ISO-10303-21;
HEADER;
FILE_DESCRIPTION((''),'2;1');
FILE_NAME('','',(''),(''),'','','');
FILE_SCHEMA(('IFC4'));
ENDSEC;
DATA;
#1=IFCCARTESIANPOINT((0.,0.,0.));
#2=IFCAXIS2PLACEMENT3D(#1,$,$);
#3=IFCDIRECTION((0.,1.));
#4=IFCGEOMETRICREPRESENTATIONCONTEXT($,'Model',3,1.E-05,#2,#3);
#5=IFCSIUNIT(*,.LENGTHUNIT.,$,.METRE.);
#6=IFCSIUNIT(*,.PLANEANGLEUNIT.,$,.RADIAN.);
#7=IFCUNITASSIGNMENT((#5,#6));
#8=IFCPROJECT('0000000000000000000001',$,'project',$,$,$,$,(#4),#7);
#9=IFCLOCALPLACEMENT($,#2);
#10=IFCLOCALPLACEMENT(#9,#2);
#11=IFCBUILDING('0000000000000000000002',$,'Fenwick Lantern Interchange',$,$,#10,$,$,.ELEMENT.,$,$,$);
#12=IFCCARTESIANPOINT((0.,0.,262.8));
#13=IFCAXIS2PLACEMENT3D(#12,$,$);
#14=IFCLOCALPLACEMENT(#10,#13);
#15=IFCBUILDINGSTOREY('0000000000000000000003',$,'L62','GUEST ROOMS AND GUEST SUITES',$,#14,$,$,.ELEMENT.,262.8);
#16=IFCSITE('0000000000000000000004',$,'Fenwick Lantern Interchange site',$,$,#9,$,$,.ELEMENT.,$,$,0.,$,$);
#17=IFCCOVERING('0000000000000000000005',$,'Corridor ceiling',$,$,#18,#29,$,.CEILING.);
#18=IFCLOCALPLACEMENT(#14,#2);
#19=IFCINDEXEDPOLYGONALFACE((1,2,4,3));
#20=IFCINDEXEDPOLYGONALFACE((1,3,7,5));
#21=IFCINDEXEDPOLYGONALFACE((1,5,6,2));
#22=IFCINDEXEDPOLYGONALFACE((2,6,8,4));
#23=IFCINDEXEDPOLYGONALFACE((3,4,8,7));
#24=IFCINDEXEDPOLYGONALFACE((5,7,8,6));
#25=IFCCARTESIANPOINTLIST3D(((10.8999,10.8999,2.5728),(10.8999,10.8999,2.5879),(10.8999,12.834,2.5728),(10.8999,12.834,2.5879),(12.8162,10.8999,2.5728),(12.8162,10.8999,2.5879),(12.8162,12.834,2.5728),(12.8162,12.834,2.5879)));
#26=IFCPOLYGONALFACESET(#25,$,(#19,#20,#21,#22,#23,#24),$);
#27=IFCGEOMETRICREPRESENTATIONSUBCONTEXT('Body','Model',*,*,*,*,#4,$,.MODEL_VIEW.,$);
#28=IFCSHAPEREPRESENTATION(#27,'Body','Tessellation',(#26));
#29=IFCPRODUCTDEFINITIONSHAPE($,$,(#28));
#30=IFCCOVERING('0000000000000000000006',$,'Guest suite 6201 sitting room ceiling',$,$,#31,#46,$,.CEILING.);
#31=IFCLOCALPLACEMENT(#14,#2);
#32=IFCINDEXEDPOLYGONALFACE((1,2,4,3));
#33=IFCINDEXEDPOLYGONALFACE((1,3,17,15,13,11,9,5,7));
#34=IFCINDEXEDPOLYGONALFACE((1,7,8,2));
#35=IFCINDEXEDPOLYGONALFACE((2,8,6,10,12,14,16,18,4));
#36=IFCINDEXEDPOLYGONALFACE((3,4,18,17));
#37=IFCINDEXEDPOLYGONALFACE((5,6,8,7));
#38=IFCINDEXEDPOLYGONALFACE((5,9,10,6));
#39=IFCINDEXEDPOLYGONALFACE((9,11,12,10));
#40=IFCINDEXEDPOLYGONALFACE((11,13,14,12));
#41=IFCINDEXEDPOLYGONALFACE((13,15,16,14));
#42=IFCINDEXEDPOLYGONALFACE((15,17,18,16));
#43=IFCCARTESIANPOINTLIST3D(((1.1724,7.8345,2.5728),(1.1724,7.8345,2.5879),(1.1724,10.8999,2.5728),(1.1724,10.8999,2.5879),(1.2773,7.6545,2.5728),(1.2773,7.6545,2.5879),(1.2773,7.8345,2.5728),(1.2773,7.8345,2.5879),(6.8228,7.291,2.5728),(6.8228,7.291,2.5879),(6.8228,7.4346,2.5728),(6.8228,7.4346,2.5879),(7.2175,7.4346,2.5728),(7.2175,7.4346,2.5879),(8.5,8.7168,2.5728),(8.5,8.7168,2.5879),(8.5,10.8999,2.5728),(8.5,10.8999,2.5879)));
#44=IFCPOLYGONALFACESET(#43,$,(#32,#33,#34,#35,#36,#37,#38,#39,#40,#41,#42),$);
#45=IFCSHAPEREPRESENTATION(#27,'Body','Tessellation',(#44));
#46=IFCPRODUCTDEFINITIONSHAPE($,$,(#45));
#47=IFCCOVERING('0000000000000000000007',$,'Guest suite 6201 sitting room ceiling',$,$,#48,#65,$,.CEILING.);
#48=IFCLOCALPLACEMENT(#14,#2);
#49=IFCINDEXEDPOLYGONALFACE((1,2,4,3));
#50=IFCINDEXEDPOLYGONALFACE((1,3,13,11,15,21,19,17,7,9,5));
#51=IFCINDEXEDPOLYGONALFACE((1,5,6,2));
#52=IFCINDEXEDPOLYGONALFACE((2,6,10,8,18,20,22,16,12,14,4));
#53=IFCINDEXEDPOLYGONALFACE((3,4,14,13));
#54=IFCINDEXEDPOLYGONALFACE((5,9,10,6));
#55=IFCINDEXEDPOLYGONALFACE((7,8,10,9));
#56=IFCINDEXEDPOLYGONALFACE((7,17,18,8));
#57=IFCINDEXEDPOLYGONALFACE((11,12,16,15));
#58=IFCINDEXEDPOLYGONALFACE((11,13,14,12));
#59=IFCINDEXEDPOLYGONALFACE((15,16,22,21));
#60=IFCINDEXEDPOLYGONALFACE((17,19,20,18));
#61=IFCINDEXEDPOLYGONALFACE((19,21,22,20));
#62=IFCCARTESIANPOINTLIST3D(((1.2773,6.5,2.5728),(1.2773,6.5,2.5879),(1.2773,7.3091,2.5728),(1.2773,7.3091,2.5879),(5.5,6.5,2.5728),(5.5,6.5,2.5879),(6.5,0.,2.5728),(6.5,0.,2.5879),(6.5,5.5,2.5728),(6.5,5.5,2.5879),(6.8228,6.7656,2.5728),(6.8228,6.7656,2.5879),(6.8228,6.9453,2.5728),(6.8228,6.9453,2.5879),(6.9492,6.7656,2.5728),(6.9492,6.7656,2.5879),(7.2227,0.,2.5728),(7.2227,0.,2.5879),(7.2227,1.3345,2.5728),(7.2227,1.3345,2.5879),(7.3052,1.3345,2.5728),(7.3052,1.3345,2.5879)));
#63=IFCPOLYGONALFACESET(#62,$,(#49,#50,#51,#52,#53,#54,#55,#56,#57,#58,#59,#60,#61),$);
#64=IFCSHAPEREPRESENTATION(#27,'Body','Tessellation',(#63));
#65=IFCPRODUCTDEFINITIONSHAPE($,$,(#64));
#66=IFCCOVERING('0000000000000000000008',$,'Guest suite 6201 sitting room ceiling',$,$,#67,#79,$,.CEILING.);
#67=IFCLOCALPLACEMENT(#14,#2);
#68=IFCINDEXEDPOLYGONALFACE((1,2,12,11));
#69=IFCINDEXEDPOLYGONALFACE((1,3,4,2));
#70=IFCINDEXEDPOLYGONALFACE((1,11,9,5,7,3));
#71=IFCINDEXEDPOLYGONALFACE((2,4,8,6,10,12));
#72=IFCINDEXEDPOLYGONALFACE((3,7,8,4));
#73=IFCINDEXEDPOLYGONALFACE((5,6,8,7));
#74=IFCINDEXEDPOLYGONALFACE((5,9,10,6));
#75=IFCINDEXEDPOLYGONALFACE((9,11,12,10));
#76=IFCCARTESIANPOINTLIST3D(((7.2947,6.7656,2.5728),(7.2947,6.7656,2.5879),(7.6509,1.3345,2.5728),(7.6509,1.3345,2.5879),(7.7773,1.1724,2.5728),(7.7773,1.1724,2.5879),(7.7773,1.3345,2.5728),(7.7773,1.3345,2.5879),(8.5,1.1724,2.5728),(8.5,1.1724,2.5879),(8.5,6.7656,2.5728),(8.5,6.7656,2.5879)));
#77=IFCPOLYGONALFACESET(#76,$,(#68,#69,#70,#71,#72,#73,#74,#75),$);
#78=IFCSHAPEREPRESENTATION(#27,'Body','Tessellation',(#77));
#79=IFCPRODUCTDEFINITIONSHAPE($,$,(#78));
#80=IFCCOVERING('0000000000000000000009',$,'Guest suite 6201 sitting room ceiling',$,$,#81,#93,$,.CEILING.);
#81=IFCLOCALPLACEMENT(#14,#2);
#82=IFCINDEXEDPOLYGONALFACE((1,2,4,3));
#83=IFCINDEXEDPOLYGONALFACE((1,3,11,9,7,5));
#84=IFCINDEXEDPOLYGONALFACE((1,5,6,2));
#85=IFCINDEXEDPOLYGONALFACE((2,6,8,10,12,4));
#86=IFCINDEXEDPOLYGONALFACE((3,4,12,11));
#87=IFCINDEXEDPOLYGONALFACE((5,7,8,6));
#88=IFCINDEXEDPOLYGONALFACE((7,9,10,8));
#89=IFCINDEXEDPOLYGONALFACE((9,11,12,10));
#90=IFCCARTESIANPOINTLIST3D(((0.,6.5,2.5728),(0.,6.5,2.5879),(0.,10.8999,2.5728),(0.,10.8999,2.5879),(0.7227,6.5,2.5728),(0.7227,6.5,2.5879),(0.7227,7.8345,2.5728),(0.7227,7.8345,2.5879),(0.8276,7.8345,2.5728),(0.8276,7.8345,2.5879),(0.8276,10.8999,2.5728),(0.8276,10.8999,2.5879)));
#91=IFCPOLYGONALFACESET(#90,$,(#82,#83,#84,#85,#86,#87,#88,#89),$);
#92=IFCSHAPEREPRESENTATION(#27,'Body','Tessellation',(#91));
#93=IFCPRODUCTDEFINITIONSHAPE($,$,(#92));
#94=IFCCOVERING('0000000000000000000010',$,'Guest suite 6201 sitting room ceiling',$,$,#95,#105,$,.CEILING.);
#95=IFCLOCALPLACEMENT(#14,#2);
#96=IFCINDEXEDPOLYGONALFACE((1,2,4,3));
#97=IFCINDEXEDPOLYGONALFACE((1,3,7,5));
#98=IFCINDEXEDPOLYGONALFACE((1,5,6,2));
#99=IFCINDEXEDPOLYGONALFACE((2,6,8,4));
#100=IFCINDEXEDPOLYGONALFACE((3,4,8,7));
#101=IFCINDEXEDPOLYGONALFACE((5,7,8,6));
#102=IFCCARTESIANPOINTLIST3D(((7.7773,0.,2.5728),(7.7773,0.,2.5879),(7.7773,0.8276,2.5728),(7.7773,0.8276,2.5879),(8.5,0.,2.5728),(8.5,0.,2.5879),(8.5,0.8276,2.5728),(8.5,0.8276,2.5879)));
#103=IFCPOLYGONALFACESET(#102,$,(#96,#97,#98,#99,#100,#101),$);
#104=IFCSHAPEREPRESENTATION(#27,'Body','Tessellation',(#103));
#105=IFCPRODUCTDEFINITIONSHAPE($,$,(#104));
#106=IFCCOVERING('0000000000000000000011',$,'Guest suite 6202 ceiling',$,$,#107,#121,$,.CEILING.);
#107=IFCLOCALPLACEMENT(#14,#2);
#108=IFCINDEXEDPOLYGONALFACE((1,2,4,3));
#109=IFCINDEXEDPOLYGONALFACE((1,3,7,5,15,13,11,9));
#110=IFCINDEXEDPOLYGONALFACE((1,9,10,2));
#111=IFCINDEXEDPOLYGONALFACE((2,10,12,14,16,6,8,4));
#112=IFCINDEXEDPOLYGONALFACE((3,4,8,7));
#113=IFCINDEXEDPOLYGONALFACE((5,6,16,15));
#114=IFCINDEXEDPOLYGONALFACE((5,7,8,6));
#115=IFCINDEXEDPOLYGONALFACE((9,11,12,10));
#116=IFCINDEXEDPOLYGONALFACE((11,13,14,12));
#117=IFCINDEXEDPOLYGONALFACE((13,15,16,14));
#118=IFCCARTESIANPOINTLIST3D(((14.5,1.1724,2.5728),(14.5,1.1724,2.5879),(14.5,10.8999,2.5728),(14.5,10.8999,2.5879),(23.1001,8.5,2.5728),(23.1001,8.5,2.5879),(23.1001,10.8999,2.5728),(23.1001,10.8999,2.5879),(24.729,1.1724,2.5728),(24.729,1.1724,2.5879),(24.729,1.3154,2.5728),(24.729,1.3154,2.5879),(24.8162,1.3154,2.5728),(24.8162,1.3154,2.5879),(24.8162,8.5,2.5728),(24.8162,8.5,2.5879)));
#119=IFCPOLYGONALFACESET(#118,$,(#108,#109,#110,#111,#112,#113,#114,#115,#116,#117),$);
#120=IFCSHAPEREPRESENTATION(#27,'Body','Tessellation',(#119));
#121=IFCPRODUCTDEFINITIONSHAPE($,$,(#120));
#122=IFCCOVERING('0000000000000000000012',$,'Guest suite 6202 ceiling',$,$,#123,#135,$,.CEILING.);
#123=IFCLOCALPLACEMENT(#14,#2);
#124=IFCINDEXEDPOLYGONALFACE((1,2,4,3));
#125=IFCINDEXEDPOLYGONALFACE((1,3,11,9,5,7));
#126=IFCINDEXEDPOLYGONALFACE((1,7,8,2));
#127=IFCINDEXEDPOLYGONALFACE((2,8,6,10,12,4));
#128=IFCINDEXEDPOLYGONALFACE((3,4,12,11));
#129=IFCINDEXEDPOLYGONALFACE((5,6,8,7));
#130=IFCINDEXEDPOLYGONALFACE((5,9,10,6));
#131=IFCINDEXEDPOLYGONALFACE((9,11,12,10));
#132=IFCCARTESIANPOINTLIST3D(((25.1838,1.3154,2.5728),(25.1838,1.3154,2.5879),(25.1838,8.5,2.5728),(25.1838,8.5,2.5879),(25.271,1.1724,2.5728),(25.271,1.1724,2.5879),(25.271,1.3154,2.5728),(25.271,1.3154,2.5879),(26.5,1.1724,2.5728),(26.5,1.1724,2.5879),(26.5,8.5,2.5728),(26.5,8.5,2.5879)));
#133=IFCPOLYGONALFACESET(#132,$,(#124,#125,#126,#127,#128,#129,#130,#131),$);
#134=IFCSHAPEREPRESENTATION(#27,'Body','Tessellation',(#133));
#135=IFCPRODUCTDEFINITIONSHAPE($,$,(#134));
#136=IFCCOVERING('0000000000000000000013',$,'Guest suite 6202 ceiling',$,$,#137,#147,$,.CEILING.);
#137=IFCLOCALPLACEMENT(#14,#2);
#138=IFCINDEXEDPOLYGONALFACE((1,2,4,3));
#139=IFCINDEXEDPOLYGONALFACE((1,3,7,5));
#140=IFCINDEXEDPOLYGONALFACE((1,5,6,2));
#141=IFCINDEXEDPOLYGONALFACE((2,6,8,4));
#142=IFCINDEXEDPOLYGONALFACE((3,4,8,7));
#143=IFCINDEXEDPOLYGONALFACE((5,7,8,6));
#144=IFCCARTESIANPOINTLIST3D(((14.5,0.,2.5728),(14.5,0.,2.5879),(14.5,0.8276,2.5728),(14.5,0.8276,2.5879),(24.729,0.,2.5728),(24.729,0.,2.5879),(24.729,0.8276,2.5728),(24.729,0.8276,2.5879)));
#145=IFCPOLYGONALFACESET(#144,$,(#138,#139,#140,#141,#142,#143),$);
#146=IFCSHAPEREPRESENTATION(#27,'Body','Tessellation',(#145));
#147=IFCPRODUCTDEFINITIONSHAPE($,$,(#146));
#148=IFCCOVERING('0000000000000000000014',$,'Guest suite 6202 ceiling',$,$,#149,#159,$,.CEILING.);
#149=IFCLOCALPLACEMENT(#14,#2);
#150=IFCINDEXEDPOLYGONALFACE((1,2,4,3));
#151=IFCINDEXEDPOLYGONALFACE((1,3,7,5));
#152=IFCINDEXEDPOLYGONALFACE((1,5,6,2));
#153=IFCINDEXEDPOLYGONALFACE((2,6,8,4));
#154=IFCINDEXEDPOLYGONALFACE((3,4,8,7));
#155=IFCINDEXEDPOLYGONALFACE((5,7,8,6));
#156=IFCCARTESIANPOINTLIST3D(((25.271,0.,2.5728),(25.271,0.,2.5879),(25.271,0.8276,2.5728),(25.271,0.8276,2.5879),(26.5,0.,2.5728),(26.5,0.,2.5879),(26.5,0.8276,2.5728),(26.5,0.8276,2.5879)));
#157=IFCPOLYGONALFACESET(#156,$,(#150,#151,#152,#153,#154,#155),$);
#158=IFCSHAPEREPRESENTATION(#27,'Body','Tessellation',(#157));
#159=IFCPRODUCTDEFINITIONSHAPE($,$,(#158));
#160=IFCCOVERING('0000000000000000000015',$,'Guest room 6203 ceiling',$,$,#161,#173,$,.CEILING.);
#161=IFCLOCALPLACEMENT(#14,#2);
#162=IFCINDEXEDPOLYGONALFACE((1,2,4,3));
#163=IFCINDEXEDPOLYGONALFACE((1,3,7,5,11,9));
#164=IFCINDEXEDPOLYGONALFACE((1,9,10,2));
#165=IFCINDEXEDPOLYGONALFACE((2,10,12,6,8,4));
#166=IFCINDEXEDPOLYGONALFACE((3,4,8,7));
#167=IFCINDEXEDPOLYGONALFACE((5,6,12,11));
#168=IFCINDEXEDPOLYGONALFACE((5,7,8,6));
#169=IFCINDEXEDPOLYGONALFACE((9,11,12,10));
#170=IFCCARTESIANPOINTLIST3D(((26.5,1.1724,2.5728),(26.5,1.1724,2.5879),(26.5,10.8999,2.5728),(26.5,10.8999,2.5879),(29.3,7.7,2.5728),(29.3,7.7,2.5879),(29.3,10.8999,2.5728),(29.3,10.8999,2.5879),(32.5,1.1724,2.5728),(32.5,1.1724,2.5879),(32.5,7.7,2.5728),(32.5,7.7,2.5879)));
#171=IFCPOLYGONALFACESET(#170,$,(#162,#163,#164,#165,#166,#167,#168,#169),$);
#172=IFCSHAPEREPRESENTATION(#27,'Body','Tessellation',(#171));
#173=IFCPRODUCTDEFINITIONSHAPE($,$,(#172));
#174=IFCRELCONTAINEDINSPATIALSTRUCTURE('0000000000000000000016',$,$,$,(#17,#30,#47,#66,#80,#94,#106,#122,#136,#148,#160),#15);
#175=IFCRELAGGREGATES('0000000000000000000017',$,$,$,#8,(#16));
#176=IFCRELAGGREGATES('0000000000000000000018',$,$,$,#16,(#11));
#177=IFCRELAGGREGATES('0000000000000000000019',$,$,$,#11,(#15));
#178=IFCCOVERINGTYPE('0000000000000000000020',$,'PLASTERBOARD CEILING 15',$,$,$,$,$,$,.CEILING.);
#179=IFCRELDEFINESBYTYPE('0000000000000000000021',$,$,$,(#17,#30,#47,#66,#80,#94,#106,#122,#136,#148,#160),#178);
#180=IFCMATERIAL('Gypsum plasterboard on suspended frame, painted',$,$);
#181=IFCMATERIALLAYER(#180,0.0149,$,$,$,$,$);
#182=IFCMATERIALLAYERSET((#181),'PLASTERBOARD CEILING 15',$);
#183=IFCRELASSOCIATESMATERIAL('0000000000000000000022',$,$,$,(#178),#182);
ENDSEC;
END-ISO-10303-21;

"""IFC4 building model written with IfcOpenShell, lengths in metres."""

from ifc_helpers import new_model, si_unit, direction, frame, origin, place, context, subcontext, project, spatial, polyline, outline, extrude, material, layer, layer_set, type_object, element, save


model = new_model("IFC4")

# Units and contexts
model_context = context("Model", 3, precision=1e-05, world=origin(), true_north=direction((0.0, 1.0)))
body_context = subcontext(model_context, "Body", "Model", "MODEL_VIEW")
ifc_project = project(units=[si_unit("LENGTHUNIT", "METRE"), si_unit("PLANEANGLEUNIT", "RADIAN")], contexts=[model_context])

# Site, building, storey
site_placement = place(None, origin())
site = spatial("IfcSite", under=ifc_project, at=site_placement, Name="Fenwick Lantern Interchange site", CompositionType="ELEMENT", RefElevation=0.0)
building_placement = place(site_placement, origin())
building = spatial("IfcBuilding", under=site, at=building_placement, Name="Fenwick Lantern Interchange", CompositionType="ELEMENT")
storey_placement = place(building_placement, frame((0.0, 0.0, 262.8)))
storey = spatial("IfcBuildingStorey", under=building, at=storey_placement, Name="L62", Description="GUEST ROOMS AND GUEST SUITES", CompositionType="ELEMENT", Elevation=262.8)

# Coverings
ifc_material_1 = material(Name="Gypsum plasterboard on suspended frame, painted")
ifc_layer_1 = layer(ifc_material_1, 0.0149)
ifc_layer_set_1 = layer_set([ifc_layer_1], Name="PLASTERBOARD CEILING 15")
covering_type_1 = type_object("IfcCoveringType", Name="PLASTERBOARD CEILING 15", PredefinedType="CEILING", material=ifc_layer_set_1)
covering_1_placement = place(storey_placement, frame((0.0, 0.0, 2.5728)))
element("IfcCovering", 1, at=covering_1_placement, inside=storey, type_object=covering_type_1, Name="Corridor ceiling", PredefinedType="CEILING", context=body_context, shape_type="SweptSolid", body=[
    extrude(outline(polyline([(10.8999, 10.8999), (12.8162, 10.8999), (12.8162, 12.834), (10.8999, 12.834), (10.8999, 10.8999)])), origin(), (0.0, 0.0, 1.0), 0.0151),
])
covering_2_placement = place(storey_placement, frame((0.0, 0.0, 2.5728)))
element("IfcCovering", 2, at=covering_2_placement, inside=storey, type_object=covering_type_1, Name="Guest suite 6201 sitting room ceiling", PredefinedType="CEILING", context=body_context, shape_type="SweptSolid", body=[
    extrude(outline(polyline([(1.1724, 7.8345), (1.2773, 7.8345), (1.2773, 7.6545), (6.8228, 7.291), (6.8228, 7.4346), (7.2175, 7.4346), (8.5, 8.7168), (8.5, 10.8999), (1.1724, 10.8999), (1.1724, 7.8345)])), origin(), (0.0, 0.0, 1.0), 0.0151),
])
covering_3_placement = place(storey_placement, frame((0.0, 0.0, 2.5728)))
element("IfcCovering", 3, at=covering_3_placement, inside=storey, type_object=covering_type_1, Name="Guest suite 6201 sitting room ceiling", PredefinedType="CEILING", context=body_context, shape_type="SweptSolid", body=[
    extrude(outline(polyline([(6.8228, 6.7656), (6.8228, 6.9453), (1.2773, 7.3091), (1.2773, 6.5), (5.5, 6.5), (6.5, 5.5), (6.5, 0.0), (7.2227, 0.0), (7.2227, 1.3345), (7.3052, 1.3345), (6.9492, 6.7656), (6.8228, 6.7656)])), origin(), (0.0, 0.0, 1.0), 0.0151),
])
covering_4_placement = place(storey_placement, frame((0.0, 0.0, 2.5728)))
element("IfcCovering", 4, at=covering_4_placement, inside=storey, type_object=covering_type_1, Name="Guest suite 6201 sitting room ceiling", PredefinedType="CEILING", context=body_context, shape_type="SweptSolid", body=[
    extrude(outline(polyline([(8.5, 6.7656), (7.2947, 6.7656), (7.6509, 1.3345), (7.7773, 1.3345), (7.7773, 1.1724), (8.5, 1.1724), (8.5, 6.7656)])), origin(), (0.0, 0.0, 1.0), 0.0151),
])
covering_5_placement = place(storey_placement, frame((0.0, 0.0, 2.5728)))
element("IfcCovering", 5, at=covering_5_placement, inside=storey, type_object=covering_type_1, Name="Guest suite 6201 sitting room ceiling", PredefinedType="CEILING", context=body_context, shape_type="SweptSolid", body=[
    extrude(outline(polyline([(0.7227, 7.8345), (0.8276, 7.8345), (0.8276, 10.8999), (0.0, 10.8999), (0.0, 6.5), (0.7227, 6.5), (0.7227, 7.8345)])), origin(), (0.0, 0.0, 1.0), 0.0151),
])
covering_6_placement = place(storey_placement, frame((0.0, 0.0, 2.5728)))
element("IfcCovering", 6, at=covering_6_placement, inside=storey, type_object=covering_type_1, Name="Guest suite 6201 sitting room ceiling", PredefinedType="CEILING", context=body_context, shape_type="SweptSolid", body=[
    extrude(outline(polyline([(8.5, 0.0), (8.5, 0.8276), (7.7773, 0.8276), (7.7773, 0.0), (8.5, 0.0)])), origin(), (0.0, 0.0, 1.0), 0.0151),
])
covering_7_placement = place(storey_placement, frame((0.0, 0.0, 2.5728)))
element("IfcCovering", 7, at=covering_7_placement, inside=storey, type_object=covering_type_1, Name="Guest suite 6202 ceiling", PredefinedType="CEILING", context=body_context, shape_type="SweptSolid", body=[
    extrude(outline(polyline([(24.729, 1.3154), (24.8162, 1.3154), (24.8162, 8.5), (23.1001, 8.5), (23.1001, 10.8999), (14.5, 10.8999), (14.5, 1.1724), (24.729, 1.1724), (24.729, 1.3154)])), origin(), (0.0, 0.0, 1.0), 0.0151),
])
covering_8_placement = place(storey_placement, frame((0.0, 0.0, 2.5728)))
element("IfcCovering", 8, at=covering_8_placement, inside=storey, type_object=covering_type_1, Name="Guest suite 6202 ceiling", PredefinedType="CEILING", context=body_context, shape_type="SweptSolid", body=[
    extrude(outline(polyline([(25.271, 1.3154), (25.271, 1.1724), (26.5, 1.1724), (26.5, 8.5), (25.1838, 8.5), (25.1838, 1.3154), (25.271, 1.3154)])), origin(), (0.0, 0.0, 1.0), 0.0151),
])
covering_9_placement = place(storey_placement, frame((0.0, 0.0, 2.5728)))
element("IfcCovering", 9, at=covering_9_placement, inside=storey, type_object=covering_type_1, Name="Guest suite 6202 ceiling", PredefinedType="CEILING", context=body_context, shape_type="SweptSolid", body=[
    extrude(outline(polyline([(24.729, 0.0), (24.729, 0.8276), (14.5, 0.8276), (14.5, 0.0), (24.729, 0.0)])), origin(), (0.0, 0.0, 1.0), 0.0151),
])
covering_10_placement = place(storey_placement, frame((0.0, 0.0, 2.5728)))
element("IfcCovering", 10, at=covering_10_placement, inside=storey, type_object=covering_type_1, Name="Guest suite 6202 ceiling", PredefinedType="CEILING", context=body_context, shape_type="SweptSolid", body=[
    extrude(outline(polyline([(25.271, 0.8276), (25.271, 0.0), (26.5, 0.0), (26.5, 0.8276), (25.271, 0.8276)])), origin(), (0.0, 0.0, 1.0), 0.0151),
])
covering_11_placement = place(storey_placement, frame((0.0, 0.0, 2.5728)))
element("IfcCovering", 11, at=covering_11_placement, inside=storey, type_object=covering_type_1, Name="Guest room 6203 ceiling", PredefinedType="CEILING", context=body_context, shape_type="SweptSolid", body=[
    extrude(outline(polyline([(26.5, 10.8999), (26.5, 1.1724), (32.5, 1.1724), (32.5, 7.7), (29.3, 7.7), (29.3, 10.8999), (26.5, 10.8999)])), origin(), (0.0, 0.0, 1.0), 0.0151),
])

save(model, "model.ifc")
